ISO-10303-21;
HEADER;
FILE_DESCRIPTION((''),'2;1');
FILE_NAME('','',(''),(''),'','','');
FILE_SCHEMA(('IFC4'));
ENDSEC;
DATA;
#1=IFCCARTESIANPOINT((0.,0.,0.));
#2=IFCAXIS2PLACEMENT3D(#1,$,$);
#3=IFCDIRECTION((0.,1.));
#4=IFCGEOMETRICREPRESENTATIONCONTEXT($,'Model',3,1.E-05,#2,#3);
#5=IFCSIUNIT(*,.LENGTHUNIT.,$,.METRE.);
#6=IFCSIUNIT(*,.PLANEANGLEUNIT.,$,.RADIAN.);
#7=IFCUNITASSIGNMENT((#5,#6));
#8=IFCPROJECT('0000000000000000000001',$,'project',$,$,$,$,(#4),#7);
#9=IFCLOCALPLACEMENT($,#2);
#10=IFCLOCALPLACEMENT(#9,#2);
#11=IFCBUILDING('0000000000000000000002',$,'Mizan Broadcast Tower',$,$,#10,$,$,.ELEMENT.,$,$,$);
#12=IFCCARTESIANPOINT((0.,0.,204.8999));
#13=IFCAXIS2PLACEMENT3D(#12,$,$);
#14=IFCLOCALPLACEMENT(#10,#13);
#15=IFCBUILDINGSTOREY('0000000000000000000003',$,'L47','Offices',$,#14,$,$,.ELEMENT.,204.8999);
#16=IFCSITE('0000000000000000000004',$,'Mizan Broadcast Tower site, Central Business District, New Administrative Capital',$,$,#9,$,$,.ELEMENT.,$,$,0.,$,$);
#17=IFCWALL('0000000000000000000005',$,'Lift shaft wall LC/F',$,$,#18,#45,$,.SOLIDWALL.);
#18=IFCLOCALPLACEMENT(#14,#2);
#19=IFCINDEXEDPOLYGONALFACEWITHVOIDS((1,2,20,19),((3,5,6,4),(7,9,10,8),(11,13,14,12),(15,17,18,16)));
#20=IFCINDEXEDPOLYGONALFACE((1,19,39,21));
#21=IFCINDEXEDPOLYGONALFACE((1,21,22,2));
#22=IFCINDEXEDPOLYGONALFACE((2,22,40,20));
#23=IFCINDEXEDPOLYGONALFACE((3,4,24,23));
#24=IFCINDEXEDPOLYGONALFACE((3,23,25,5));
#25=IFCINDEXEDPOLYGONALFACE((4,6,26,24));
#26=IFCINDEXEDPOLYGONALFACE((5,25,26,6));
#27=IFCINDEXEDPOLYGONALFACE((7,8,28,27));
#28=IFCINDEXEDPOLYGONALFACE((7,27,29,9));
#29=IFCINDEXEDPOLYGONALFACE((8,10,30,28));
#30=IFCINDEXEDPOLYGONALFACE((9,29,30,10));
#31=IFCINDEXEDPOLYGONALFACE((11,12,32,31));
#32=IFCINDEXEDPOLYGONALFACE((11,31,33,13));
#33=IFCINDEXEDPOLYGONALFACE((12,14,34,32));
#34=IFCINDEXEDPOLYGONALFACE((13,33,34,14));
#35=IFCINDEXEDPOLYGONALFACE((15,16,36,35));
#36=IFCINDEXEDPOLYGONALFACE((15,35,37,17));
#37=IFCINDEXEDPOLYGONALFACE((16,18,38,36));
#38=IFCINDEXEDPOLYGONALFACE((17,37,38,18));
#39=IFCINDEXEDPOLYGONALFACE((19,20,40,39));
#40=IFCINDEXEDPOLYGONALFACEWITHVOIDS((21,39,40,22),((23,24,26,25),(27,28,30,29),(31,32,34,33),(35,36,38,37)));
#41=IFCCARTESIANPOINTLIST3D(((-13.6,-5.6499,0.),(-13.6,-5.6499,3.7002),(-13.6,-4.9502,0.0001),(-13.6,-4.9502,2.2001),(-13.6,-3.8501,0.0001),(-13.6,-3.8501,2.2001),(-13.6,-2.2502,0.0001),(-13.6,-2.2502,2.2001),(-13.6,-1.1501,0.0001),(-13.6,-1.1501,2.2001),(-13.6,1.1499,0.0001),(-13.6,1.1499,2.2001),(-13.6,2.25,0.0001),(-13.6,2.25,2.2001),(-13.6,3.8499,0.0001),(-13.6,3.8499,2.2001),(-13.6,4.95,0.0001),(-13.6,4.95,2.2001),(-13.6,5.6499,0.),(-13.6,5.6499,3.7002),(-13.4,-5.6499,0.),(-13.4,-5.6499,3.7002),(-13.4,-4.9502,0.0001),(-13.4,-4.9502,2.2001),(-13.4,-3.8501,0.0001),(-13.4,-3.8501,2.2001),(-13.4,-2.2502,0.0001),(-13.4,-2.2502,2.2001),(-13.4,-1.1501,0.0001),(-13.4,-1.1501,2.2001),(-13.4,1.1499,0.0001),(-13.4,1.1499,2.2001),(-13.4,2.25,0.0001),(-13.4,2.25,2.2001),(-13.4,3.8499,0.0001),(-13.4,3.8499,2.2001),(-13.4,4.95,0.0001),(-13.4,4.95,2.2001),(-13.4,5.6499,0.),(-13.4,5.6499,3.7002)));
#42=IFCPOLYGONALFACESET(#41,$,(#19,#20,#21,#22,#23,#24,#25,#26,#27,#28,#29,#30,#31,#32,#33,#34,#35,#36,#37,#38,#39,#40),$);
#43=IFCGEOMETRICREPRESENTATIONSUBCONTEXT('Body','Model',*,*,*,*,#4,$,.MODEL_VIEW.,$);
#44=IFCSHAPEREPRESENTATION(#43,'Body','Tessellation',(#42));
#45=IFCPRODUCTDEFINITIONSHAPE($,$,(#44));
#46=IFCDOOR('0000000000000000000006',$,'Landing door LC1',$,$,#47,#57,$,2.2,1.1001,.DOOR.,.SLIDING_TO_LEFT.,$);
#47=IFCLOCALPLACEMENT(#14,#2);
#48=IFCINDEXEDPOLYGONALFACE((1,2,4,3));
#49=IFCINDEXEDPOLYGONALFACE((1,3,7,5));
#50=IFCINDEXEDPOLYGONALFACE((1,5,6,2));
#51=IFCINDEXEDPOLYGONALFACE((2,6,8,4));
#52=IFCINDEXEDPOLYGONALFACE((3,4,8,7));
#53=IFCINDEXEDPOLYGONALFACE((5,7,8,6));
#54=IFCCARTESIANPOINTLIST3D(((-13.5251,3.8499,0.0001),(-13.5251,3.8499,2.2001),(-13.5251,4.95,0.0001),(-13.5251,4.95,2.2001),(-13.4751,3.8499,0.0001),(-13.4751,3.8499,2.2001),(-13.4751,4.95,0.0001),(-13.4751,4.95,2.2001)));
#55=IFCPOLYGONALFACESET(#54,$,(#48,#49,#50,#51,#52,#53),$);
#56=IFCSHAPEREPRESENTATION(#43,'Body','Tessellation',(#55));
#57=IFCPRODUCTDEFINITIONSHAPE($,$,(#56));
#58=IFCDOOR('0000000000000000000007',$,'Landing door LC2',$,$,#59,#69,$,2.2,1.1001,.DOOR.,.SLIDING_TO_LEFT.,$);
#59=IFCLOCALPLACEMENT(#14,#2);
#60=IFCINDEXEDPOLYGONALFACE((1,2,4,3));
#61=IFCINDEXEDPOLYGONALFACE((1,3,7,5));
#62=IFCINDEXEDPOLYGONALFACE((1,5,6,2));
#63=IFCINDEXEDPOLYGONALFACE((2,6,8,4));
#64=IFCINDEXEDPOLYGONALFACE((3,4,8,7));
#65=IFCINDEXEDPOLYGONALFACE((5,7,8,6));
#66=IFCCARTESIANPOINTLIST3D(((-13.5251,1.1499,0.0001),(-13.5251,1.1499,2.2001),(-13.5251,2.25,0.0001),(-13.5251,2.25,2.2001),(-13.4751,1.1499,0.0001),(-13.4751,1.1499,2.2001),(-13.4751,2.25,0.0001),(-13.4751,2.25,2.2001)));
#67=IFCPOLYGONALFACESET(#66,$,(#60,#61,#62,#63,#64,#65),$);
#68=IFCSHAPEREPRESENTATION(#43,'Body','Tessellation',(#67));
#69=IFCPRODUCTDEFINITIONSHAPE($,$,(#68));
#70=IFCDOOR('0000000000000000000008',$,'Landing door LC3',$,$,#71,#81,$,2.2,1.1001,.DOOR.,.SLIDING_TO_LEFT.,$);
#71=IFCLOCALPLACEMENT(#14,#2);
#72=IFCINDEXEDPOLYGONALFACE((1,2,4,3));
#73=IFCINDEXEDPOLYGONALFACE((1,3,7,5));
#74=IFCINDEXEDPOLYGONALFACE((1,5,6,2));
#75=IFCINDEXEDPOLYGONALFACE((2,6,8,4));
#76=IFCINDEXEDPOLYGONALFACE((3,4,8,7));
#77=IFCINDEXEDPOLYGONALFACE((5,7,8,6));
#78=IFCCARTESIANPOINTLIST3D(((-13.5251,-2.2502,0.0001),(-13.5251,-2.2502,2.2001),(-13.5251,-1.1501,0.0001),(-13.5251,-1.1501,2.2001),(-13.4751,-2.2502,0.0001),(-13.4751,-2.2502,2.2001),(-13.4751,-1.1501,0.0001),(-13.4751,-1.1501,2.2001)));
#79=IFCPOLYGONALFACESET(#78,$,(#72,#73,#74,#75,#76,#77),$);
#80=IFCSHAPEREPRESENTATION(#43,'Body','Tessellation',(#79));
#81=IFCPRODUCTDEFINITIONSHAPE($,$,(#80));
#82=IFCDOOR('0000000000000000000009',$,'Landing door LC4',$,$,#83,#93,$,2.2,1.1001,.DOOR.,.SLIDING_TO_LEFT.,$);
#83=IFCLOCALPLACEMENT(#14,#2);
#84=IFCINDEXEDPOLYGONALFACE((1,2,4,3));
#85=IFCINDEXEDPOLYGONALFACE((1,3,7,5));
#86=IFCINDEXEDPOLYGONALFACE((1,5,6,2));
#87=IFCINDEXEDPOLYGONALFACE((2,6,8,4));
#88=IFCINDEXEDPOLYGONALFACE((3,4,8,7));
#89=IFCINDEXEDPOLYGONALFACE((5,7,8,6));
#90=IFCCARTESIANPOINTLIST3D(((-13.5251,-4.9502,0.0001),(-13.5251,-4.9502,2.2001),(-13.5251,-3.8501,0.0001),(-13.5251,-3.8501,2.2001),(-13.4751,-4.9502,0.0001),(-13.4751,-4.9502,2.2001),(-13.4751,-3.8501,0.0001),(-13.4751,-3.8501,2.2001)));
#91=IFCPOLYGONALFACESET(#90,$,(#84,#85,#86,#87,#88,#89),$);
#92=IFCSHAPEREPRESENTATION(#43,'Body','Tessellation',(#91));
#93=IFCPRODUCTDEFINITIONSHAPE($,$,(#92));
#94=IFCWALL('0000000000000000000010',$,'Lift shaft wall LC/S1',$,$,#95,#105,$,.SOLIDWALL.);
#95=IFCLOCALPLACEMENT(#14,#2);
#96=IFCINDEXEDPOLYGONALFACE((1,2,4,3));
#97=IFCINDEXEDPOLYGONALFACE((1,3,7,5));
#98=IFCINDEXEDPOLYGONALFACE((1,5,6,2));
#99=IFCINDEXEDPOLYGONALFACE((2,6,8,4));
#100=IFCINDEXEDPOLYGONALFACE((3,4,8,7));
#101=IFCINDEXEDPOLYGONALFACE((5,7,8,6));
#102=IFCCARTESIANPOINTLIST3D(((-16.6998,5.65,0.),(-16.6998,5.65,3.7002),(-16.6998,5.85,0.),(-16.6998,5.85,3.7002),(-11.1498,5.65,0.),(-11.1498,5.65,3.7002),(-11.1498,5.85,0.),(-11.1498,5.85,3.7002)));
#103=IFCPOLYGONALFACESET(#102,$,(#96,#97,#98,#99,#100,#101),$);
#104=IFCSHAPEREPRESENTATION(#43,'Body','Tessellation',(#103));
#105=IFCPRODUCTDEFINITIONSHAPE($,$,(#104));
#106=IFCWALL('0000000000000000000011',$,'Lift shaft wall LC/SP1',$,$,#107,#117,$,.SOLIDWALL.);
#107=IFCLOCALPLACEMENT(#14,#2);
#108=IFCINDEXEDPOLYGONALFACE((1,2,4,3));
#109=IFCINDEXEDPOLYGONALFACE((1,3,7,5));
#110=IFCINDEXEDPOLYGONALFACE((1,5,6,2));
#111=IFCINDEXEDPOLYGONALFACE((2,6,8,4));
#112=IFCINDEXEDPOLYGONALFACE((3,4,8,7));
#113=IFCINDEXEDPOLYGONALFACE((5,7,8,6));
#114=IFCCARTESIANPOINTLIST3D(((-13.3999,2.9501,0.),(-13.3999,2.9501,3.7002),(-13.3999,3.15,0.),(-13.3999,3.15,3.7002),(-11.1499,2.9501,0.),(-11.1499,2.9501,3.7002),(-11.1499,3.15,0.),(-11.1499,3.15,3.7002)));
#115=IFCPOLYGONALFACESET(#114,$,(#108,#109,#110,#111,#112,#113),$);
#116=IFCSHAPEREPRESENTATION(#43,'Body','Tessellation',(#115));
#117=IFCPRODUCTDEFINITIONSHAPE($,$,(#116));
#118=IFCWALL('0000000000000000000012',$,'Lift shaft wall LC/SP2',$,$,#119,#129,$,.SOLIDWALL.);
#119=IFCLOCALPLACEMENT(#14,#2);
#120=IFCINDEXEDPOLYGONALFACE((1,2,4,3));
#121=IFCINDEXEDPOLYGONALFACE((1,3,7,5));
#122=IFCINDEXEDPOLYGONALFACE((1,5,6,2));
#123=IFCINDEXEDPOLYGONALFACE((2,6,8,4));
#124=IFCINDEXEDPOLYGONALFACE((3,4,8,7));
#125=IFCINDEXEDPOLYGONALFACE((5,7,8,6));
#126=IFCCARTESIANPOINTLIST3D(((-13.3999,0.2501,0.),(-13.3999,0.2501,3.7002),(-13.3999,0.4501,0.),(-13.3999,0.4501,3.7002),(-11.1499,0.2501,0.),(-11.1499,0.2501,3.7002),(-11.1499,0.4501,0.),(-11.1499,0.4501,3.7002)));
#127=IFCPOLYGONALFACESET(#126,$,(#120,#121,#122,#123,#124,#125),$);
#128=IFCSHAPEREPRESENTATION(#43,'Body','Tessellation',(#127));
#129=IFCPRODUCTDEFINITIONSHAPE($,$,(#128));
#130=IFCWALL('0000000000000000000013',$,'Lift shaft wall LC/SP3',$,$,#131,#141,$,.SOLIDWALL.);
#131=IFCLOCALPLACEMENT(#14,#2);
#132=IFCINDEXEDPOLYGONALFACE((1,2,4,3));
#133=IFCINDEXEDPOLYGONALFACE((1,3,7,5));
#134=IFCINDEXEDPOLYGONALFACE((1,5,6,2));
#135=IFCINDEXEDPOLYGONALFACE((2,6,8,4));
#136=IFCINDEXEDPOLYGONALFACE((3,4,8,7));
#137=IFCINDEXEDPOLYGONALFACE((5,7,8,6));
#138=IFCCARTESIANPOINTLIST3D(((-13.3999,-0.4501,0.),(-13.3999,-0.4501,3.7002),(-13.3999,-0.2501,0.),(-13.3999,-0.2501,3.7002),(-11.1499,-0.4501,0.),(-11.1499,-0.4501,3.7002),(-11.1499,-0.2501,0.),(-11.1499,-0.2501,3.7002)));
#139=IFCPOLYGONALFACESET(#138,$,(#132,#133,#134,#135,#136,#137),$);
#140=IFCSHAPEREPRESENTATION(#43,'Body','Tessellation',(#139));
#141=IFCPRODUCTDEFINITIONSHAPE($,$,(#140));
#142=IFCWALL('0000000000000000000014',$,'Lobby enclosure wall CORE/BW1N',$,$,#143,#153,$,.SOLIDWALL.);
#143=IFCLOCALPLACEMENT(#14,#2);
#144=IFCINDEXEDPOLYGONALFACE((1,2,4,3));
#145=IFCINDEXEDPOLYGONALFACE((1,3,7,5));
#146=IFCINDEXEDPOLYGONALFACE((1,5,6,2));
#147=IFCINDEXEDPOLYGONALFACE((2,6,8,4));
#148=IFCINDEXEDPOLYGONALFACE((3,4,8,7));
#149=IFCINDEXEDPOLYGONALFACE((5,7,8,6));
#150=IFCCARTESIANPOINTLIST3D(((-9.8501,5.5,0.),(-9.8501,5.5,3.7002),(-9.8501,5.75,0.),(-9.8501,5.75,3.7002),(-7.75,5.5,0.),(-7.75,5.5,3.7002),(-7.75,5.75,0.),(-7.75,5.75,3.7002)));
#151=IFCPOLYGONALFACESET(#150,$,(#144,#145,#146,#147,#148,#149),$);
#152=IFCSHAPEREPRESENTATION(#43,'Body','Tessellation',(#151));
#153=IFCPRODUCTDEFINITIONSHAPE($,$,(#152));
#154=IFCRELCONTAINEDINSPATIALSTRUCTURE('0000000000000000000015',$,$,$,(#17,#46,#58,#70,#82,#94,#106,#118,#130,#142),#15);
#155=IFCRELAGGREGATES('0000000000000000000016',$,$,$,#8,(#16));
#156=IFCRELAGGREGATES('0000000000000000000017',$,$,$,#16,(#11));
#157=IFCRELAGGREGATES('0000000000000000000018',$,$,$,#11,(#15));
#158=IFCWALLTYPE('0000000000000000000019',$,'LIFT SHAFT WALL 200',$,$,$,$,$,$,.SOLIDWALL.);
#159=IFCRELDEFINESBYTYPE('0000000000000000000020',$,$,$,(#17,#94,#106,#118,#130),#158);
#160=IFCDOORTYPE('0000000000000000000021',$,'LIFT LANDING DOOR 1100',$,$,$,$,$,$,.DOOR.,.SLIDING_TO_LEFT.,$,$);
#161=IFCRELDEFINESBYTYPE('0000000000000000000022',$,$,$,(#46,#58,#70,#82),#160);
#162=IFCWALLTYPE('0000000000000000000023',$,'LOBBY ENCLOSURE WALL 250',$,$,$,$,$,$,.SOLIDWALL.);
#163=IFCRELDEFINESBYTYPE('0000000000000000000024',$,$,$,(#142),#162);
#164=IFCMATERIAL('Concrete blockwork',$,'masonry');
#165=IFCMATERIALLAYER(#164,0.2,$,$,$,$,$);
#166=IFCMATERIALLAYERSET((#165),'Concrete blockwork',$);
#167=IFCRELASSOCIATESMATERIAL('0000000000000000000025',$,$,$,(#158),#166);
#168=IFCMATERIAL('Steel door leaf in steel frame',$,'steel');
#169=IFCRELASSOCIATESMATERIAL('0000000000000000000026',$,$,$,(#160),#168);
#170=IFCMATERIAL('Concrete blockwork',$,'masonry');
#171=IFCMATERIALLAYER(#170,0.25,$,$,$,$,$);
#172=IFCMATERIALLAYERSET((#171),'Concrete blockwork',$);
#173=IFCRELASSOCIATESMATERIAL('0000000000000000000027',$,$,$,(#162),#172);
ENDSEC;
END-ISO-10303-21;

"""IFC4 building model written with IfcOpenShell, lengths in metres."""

from ifc_helpers import new_model, si_unit, direction, frame, frame_2d, origin, place, context, subcontext, project, spatial, rectangle, extrude, material, layer, layer_set, type_object, element, fill, save


model = new_model("IFC4")

# Units and contexts
model_context = context("Model", 3, precision=1e-05, world=origin(), true_north=direction((0.0, 1.0)))
body_context = subcontext(model_context, "Body", "Model", "MODEL_VIEW")
ifc_project = project(units=[si_unit("LENGTHUNIT", "METRE"), si_unit("PLANEANGLEUNIT", "RADIAN")], contexts=[model_context])

# Site, building, storey
site_placement = place(None, origin())
site = spatial("IfcSite", under=ifc_project, at=site_placement, Name="Mizan Broadcast Tower site, Central Business District, New Administrative Capital", CompositionType="ELEMENT", RefElevation=0.0)
building_placement = place(site_placement, origin())
building = spatial("IfcBuilding", under=site, at=building_placement, Name="Mizan Broadcast Tower", CompositionType="ELEMENT")
storey_placement = place(building_placement, frame((0.0, 0.0, 204.8999)))
storey = spatial("IfcBuildingStorey", under=building, at=storey_placement, Name="L47", Description="Offices", CompositionType="ELEMENT", Elevation=204.8999)

# Wall, openings, doors
ifc_material_1 = material(Name="Concrete blockwork", Category="masonry")
ifc_layer_1 = layer(ifc_material_1, 0.2)
ifc_layer_set_1 = layer_set([ifc_layer_1], Name="Concrete blockwork")
wall_type_1 = type_object("IfcWallType", Name="LIFT SHAFT WALL 200", PredefinedType="SOLIDWALL", material=ifc_layer_set_1)
wall_1_placement = place(storey_placement, frame((-13.5, 5.6499, 0.0), z_axis=(0.0, 0.0, 1.0), x_axis=(0.0, -1.0, 0.0)))
wall_1 = element("IfcWall", 1, at=wall_1_placement, inside=storey, type_object=wall_type_1, Name="Lift shaft wall LC/F", PredefinedType="SOLIDWALL", context=body_context, shape_type="SweptSolid", body=[
    extrude(rectangle(XDim=11.2998, YDim=0.2, at=frame_2d((5.6499, 0.0))), origin(), (0.0, 0.0, 1.0), 3.7002),
])
opening_1_placement = place(wall_1_placement, frame((0.7, 0.0, 0.0)))
opening_1 = element("IfcOpeningElement", 2, at=opening_1_placement, cuts=wall_1, PredefinedType="OPENING", context=body_context, shape_type="SweptSolid", body=[
    extrude(rectangle(XDim=1.1001, YDim=2.2, at=frame_2d((0.55, 1.1001))), frame((0.0, 0.1099, 0.0), z_axis=(0.0, -1.0, 0.0), x_axis=(1.0, 0.0, 0.0)), (0.0, 0.0, 1.0), 0.22),
])
opening_2_placement = place(wall_1_placement, frame((3.3999, 0.0, 0.0)))
opening_2 = element("IfcOpeningElement", 3, at=opening_2_placement, cuts=wall_1, PredefinedType="OPENING", context=body_context, shape_type="SweptSolid", body=[
    extrude(rectangle(XDim=1.1001, YDim=2.2, at=frame_2d((0.55, 1.1001))), frame((0.0, 0.1099, 0.0), z_axis=(0.0, -1.0, 0.0), x_axis=(1.0, 0.0, 0.0)), (0.0, 0.0, 1.0), 0.22),
])
opening_3_placement = place(wall_1_placement, frame((6.8, 0.0, 0.0)))
opening_3 = element("IfcOpeningElement", 4, at=opening_3_placement, cuts=wall_1, PredefinedType="OPENING", context=body_context, shape_type="SweptSolid", body=[
    extrude(rectangle(XDim=1.1001, YDim=2.2, at=frame_2d((0.55, 1.1001))), frame((0.0, 0.1099, 0.0), z_axis=(0.0, -1.0, 0.0), x_axis=(1.0, 0.0, 0.0)), (0.0, 0.0, 1.0), 0.22),
])
opening_4_placement = place(wall_1_placement, frame((9.5, 0.0, 0.0)))
opening_4 = element("IfcOpeningElement", 5, at=opening_4_placement, cuts=wall_1, PredefinedType="OPENING", context=body_context, shape_type="SweptSolid", body=[
    extrude(rectangle(XDim=1.1001, YDim=2.2, at=frame_2d((0.55, 1.1001))), frame((0.0, 0.1099, 0.0), z_axis=(0.0, -1.0, 0.0), x_axis=(1.0, 0.0, 0.0)), (0.0, 0.0, 1.0), 0.22),
])
ifc_material_2 = material(Name="Steel door leaf in steel frame", Category="steel")
door_type_1 = type_object("IfcDoorType", Name="LIFT LANDING DOOR 1100", OperationType="SLIDING_TO_LEFT", PredefinedType="DOOR", material=ifc_material_2)
door_1_placement = place(opening_1_placement, origin())
door_1 = element("IfcDoor", 6, at=door_1_placement, inside=storey, type_object=door_type_1, Name="Landing door LC1", OperationType="SLIDING_TO_LEFT", OverallHeight=2.2, OverallWidth=1.1001, PredefinedType="DOOR", context=body_context, shape_type="SweptSolid", body=[
    extrude(rectangle(XDim=1.1001, YDim=2.2, at=frame_2d((0.55, 1.1001))), frame((0.0, 0.0249, 0.0), z_axis=(0.0, -1.0, 0.0), x_axis=(1.0, 0.0, 0.0)), (0.0, 0.0, 1.0), 0.05),
])
fill(opening_1, door_1)
door_2_placement = place(opening_2_placement, origin())
door_2 = element("IfcDoor", 7, at=door_2_placement, inside=storey, type_object=door_type_1, Name="Landing door LC2", OperationType="SLIDING_TO_LEFT", OverallHeight=2.2, OverallWidth=1.1001, PredefinedType="DOOR", context=body_context, shape_type="SweptSolid", body=[
    extrude(rectangle(XDim=1.1001, YDim=2.2, at=frame_2d((0.55, 1.1001))), frame((0.0, 0.0249, 0.0), z_axis=(0.0, -1.0, 0.0), x_axis=(1.0, 0.0, 0.0)), (0.0, 0.0, 1.0), 0.05),
])
fill(opening_2, door_2)
door_3_placement = place(opening_3_placement, origin())
door_3 = element("IfcDoor", 8, at=door_3_placement, inside=storey, type_object=door_type_1, Name="Landing door LC3", OperationType="SLIDING_TO_LEFT", OverallHeight=2.2, OverallWidth=1.1001, PredefinedType="DOOR", context=body_context, shape_type="SweptSolid", body=[
    extrude(rectangle(XDim=1.1001, YDim=2.2, at=frame_2d((0.55, 1.1001))), frame((0.0, 0.0249, 0.0), z_axis=(0.0, -1.0, 0.0), x_axis=(1.0, 0.0, 0.0)), (0.0, 0.0, 1.0), 0.05),
])
fill(opening_3, door_3)
door_4_placement = place(opening_4_placement, origin())
door_4 = element("IfcDoor", 9, at=door_4_placement, inside=storey, type_object=door_type_1, Name="Landing door LC4", OperationType="SLIDING_TO_LEFT", OverallHeight=2.2, OverallWidth=1.1001, PredefinedType="DOOR", context=body_context, shape_type="SweptSolid", body=[
    extrude(rectangle(XDim=1.1001, YDim=2.2, at=frame_2d((0.55, 1.1001))), frame((0.0, 0.0249, 0.0), z_axis=(0.0, -1.0, 0.0), x_axis=(1.0, 0.0, 0.0)), (0.0, 0.0, 1.0), 0.05),
])
fill(opening_4, door_4)

# Walls
wall_2_placement = place(storey_placement, frame((-11.1499, 5.75, 0.0), z_axis=(0.0, 0.0, 1.0), x_axis=(-1.0, 0.0, 0.0)))
element("IfcWall", 10, at=wall_2_placement, inside=storey, type_object=wall_type_1, Name="Lift shaft wall LC/S1", PredefinedType="SOLIDWALL", context=body_context, shape_type="SweptSolid", body=[
    extrude(rectangle(XDim=5.55, YDim=0.2, at=frame_2d((2.7749, 0.0))), origin(), (0.0, 0.0, 1.0), 3.7002),
])
for number, where, z_axis, x_axis, name in (
    (11, (-11.1499, 3.05, 0.0), (0.0, 0.0, 1.0), (-1.0, 0.0, 0.0), "Lift shaft wall LC/SP1"),
    (12, (-11.1499, 0.3501, 0.0), (0.0, 0.0, 1.0), (-1.0, 0.0, 0.0), "Lift shaft wall LC/SP2"),
    (13, (-11.1499, -0.3501, 0.0), (0.0, 0.0, 1.0), (-1.0, 0.0, 0.0), "Lift shaft wall LC/SP3"),
):
    element("IfcWall", number, at=place(storey_placement, frame(where, z_axis=z_axis, x_axis=x_axis)), inside=storey, type_object=wall_type_1, Name=name, PredefinedType="SOLIDWALL", context=body_context, shape_type="SweptSolid", body=[
        extrude(rectangle(XDim=2.25, YDim=0.2, at=frame_2d((1.125, 0.0))), origin(), (0.0, 0.0, 1.0), 3.7002),
    ])
ifc_material_3 = material(Name="Concrete blockwork", Category="masonry")
ifc_layer_2 = layer(ifc_material_3, 0.25)
ifc_layer_set_2 = layer_set([ifc_layer_2], Name="Concrete blockwork")
wall_type_2 = type_object("IfcWallType", Name="LOBBY ENCLOSURE WALL 250", PredefinedType="SOLIDWALL", material=ifc_layer_set_2)
wall_3_placement = place(storey_placement, frame((-9.8501, 5.625, 0.0), z_axis=(0.0, 0.0, 1.0), x_axis=(1.0, 0.0, 0.0)))
element("IfcWall", 14, at=wall_3_placement, inside=storey, type_object=wall_type_2, Name="Lobby enclosure wall CORE/BW1N", PredefinedType="SOLIDWALL", context=body_context, shape_type="SweptSolid", body=[
    extrude(rectangle(XDim=2.1001, YDim=0.25, at=frame_2d((1.05, 0.0))), origin(), (0.0, 0.0, 1.0), 3.7002),
])

save(model, "model.ifc")
